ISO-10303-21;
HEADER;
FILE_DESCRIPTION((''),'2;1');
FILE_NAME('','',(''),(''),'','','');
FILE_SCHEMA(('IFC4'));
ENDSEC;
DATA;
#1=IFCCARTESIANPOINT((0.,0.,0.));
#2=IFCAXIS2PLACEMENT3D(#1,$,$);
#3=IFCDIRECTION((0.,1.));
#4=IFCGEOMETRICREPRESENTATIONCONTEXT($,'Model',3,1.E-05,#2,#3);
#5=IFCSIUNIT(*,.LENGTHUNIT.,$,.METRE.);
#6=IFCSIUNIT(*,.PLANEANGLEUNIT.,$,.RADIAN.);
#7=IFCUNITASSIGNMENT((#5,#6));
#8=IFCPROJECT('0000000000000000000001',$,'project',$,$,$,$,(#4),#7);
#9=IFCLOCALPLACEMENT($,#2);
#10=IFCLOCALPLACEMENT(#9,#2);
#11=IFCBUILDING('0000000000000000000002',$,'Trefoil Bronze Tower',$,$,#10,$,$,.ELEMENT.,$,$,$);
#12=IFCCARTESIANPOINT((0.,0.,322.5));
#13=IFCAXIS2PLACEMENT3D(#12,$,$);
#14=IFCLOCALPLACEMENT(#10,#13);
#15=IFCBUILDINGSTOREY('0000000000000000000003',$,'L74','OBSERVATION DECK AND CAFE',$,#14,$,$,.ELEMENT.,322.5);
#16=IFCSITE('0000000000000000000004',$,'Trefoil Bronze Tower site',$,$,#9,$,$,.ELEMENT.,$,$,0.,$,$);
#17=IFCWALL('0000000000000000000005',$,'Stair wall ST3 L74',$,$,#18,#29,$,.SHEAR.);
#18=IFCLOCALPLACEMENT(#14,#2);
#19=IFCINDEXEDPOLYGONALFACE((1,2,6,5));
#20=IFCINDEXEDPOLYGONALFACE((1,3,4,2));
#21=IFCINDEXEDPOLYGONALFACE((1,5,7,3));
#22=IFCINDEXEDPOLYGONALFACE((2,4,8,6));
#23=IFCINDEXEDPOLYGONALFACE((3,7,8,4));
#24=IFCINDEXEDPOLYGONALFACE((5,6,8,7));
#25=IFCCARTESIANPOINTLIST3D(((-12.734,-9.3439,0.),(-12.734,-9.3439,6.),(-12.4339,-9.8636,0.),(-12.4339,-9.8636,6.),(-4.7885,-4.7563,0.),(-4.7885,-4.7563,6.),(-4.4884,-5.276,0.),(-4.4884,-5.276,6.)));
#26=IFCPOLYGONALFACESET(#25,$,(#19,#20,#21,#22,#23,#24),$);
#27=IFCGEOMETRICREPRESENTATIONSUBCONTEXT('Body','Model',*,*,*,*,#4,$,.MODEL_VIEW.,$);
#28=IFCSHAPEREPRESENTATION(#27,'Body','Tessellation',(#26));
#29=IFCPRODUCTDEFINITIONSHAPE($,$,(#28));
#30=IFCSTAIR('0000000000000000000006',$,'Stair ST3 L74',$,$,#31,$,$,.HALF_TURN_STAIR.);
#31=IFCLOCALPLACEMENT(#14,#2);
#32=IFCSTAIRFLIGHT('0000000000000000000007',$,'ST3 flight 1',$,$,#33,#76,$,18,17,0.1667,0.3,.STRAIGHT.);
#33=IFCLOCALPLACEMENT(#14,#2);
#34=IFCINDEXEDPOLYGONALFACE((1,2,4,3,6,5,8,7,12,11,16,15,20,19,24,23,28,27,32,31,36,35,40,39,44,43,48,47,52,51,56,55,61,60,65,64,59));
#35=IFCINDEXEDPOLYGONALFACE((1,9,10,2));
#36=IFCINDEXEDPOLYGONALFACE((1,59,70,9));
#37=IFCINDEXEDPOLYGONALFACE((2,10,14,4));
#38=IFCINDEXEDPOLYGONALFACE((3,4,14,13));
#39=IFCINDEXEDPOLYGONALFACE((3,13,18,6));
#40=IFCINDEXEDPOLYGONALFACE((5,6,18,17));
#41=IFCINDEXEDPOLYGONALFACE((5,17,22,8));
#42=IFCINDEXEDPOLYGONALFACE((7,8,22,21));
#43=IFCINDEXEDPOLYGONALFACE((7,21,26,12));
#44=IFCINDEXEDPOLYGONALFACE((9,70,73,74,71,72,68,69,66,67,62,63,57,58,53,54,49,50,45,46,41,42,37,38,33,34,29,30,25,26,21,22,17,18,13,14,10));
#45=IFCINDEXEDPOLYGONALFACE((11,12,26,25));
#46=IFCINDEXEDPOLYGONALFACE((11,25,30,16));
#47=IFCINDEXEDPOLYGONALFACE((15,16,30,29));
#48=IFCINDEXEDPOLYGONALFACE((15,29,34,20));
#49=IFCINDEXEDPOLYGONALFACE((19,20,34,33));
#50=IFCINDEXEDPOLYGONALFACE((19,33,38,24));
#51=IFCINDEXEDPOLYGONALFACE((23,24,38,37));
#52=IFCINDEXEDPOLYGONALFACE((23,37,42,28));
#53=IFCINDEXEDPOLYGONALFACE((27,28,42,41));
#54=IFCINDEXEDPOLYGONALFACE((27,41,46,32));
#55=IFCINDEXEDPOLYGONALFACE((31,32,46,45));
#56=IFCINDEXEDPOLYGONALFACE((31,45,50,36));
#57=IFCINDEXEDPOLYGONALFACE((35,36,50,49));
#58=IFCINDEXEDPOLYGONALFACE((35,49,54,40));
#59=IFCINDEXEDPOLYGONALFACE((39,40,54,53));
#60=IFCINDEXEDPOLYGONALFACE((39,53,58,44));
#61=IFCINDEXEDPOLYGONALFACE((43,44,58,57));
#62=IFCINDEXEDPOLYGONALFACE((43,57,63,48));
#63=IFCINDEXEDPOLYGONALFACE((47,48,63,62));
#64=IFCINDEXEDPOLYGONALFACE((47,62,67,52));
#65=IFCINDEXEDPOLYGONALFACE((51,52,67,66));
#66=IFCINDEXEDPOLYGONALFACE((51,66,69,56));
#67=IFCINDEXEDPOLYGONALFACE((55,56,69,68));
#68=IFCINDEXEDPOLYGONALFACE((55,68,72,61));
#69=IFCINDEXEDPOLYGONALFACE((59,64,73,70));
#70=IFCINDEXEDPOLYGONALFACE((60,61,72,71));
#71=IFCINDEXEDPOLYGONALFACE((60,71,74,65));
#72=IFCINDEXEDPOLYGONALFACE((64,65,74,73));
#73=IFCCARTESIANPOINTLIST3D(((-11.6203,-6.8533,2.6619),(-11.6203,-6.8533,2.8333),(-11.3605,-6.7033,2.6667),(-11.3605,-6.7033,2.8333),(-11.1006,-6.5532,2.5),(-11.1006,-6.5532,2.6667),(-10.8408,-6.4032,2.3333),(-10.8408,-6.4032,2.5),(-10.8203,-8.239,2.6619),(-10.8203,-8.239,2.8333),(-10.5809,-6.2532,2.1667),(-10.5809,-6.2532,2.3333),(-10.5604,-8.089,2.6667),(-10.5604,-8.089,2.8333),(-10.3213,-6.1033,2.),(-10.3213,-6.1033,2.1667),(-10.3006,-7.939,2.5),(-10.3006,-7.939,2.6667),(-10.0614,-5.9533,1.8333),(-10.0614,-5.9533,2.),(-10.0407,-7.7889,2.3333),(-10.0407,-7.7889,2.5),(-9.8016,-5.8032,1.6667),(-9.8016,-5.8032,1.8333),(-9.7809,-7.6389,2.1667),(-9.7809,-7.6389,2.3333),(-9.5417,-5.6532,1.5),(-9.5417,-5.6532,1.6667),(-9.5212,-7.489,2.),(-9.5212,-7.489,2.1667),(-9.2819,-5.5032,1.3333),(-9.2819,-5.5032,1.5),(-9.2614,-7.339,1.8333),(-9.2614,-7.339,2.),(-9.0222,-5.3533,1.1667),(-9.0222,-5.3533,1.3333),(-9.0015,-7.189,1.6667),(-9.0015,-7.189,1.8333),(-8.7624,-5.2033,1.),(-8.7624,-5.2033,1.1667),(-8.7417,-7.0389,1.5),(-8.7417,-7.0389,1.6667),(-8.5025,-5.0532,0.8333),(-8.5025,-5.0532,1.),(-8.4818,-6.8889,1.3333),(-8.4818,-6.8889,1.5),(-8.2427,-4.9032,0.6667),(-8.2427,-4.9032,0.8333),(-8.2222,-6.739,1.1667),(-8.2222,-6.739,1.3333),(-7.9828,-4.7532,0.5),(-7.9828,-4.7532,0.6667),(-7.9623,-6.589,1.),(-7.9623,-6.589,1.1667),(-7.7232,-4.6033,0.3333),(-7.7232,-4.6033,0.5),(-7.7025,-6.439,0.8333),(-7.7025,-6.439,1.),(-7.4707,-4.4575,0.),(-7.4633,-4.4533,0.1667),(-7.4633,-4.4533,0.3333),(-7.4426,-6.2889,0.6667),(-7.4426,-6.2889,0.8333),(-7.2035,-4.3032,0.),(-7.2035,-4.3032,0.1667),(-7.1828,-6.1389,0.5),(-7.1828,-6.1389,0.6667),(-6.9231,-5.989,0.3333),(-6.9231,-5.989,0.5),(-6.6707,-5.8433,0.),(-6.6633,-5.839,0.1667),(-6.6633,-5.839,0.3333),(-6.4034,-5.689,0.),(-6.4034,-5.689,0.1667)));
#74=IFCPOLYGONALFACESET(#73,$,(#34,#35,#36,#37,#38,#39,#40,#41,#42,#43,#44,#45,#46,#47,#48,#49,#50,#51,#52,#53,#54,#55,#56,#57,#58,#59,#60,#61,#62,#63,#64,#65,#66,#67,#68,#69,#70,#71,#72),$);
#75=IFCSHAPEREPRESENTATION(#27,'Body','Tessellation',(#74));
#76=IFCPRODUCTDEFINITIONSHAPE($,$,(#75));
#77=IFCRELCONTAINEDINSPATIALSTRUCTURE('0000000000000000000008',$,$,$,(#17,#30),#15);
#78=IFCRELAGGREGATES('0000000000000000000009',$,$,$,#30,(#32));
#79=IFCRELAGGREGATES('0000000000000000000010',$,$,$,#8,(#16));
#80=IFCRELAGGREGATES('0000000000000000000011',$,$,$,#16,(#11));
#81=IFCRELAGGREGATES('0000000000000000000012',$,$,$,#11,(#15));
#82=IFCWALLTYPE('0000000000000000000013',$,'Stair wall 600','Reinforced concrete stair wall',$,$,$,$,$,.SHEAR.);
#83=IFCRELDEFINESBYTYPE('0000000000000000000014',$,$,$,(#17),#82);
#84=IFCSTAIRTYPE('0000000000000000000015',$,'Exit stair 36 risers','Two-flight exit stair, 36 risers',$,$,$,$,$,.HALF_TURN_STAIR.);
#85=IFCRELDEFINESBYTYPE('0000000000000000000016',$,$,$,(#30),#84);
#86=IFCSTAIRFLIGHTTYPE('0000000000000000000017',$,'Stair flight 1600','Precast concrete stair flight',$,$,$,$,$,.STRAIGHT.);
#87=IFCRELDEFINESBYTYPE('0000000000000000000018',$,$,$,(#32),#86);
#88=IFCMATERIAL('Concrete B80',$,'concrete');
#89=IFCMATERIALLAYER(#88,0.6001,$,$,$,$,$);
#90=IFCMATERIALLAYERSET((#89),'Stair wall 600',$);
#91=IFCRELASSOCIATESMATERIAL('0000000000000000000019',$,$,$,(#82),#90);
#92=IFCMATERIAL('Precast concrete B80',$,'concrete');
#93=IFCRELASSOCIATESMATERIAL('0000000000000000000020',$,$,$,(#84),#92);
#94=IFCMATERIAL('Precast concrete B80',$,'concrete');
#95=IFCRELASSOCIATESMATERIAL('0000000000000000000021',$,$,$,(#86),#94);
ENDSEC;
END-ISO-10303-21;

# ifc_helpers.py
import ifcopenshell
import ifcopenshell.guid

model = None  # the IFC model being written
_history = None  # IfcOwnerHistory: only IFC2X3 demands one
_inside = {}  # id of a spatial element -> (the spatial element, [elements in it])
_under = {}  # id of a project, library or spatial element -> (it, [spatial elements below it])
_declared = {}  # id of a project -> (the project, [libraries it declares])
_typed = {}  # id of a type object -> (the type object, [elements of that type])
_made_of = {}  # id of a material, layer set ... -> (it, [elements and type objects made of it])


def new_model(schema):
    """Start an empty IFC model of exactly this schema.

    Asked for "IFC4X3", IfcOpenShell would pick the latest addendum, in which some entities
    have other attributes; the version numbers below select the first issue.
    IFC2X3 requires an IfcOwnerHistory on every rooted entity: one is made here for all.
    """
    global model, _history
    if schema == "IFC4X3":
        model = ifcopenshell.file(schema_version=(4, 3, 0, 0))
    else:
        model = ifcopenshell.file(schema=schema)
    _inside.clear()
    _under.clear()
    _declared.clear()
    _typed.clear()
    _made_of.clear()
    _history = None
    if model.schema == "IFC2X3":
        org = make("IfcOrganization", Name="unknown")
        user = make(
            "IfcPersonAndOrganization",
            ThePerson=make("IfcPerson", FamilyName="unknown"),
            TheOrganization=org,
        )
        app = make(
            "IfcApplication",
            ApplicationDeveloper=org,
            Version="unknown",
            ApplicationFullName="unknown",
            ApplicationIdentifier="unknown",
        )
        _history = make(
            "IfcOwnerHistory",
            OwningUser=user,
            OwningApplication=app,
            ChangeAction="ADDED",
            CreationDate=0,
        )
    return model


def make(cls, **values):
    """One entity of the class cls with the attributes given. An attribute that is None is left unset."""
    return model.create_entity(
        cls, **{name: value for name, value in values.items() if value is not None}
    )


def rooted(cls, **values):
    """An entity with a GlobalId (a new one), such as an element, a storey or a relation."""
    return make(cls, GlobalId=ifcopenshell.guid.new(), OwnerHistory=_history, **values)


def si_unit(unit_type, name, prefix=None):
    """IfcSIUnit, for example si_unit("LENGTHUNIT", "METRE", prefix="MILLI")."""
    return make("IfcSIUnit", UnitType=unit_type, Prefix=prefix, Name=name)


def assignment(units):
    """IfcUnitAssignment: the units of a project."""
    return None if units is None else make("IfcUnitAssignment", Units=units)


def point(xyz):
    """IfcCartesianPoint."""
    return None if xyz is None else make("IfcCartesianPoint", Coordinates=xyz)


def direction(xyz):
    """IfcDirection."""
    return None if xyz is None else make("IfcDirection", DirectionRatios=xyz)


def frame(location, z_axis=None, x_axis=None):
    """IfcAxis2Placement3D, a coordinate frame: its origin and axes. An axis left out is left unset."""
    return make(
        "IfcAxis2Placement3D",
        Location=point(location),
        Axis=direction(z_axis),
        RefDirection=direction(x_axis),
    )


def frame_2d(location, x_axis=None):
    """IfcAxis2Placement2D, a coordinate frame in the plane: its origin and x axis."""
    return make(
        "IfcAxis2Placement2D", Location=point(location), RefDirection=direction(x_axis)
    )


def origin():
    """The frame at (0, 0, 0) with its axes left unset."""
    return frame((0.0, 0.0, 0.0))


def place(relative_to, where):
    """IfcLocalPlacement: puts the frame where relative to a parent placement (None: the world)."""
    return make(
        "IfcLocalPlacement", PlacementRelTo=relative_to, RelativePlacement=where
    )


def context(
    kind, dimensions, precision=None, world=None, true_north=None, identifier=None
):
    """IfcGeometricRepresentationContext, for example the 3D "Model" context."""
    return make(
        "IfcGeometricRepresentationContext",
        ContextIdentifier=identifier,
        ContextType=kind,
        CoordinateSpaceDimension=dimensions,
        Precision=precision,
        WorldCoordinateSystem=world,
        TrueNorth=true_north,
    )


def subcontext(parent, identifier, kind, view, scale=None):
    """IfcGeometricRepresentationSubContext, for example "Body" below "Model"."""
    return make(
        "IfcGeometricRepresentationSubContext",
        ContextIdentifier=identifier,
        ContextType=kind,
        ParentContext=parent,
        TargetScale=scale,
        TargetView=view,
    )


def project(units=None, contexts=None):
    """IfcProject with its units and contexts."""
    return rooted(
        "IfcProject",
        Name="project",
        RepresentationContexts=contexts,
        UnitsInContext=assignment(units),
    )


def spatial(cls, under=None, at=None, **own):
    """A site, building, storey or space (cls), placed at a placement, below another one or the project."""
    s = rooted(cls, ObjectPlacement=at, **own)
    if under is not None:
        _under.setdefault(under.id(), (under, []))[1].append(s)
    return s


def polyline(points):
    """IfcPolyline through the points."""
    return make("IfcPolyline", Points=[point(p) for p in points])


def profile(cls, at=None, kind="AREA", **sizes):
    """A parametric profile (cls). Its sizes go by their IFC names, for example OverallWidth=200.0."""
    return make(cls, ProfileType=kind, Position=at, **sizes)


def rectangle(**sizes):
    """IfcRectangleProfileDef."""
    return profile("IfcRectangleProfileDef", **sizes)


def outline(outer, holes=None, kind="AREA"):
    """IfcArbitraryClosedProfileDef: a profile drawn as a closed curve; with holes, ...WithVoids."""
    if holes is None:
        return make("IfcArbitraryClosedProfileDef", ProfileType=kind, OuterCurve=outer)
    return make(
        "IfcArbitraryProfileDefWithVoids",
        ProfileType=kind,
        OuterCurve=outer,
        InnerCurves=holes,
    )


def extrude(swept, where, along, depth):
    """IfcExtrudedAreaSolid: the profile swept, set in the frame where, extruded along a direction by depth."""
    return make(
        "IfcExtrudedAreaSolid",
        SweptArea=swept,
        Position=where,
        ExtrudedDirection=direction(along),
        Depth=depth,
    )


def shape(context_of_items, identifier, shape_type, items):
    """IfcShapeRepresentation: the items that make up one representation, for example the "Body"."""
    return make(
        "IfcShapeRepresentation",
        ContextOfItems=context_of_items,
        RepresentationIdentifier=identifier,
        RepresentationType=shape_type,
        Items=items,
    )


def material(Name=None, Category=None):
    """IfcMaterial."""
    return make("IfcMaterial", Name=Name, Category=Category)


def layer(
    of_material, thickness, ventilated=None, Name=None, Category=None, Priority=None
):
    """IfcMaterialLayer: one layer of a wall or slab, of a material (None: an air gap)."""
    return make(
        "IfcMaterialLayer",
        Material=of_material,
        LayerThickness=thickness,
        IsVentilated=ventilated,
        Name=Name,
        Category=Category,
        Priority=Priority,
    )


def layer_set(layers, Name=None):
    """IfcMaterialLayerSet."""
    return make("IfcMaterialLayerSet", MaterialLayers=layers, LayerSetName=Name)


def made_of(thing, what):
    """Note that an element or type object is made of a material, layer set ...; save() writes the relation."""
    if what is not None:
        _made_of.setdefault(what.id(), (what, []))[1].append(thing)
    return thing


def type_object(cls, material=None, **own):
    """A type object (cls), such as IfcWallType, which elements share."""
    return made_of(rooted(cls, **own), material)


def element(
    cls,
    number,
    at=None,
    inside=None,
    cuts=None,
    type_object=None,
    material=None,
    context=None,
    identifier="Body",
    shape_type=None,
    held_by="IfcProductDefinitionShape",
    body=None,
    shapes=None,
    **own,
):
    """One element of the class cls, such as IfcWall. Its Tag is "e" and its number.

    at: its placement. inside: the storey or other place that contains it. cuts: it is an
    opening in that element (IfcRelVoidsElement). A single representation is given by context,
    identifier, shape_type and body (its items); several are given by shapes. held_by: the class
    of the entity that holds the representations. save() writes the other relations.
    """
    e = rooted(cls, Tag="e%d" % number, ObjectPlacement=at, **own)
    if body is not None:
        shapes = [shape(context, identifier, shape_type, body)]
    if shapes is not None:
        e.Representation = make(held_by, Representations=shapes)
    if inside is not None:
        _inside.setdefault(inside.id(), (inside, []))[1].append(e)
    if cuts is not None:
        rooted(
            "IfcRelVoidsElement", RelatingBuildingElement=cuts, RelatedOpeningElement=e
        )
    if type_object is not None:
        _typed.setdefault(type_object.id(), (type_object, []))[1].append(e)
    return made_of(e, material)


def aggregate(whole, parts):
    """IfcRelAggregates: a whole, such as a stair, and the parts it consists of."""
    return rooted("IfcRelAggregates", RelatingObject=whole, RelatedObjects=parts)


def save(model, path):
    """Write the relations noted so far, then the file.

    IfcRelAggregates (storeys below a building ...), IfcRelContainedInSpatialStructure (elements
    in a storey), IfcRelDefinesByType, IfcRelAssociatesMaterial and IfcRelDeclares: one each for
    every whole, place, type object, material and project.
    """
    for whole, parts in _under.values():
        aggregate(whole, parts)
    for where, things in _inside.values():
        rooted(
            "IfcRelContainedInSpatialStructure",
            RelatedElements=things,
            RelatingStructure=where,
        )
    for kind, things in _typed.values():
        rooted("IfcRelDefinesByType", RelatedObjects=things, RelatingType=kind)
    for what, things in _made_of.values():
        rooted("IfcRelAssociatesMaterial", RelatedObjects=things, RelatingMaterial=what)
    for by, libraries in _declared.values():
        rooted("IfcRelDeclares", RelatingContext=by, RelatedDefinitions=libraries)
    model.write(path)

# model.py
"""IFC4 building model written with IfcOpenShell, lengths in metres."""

from ifc_helpers import new_model, si_unit, direction, frame, frame_2d, origin, place, context, subcontext, project, spatial, polyline, rectangle, outline, extrude, material, layer, layer_set, type_object, element, aggregate, save


model = new_model("IFC4")

# Units and contexts
model_context = context("Model", 3, precision=1e-05, world=origin(), true_north=direction((0.0, 1.0)))
body_context = subcontext(model_context, "Body", "Model", "MODEL_VIEW")
ifc_project = project(units=[si_unit("LENGTHUNIT", "METRE"), si_unit("PLANEANGLEUNIT", "RADIAN")], contexts=[model_context])

# Site, building, storey
site_placement = place(None, origin())
site = spatial("IfcSite", under=ifc_project, at=site_placement, Name="Trefoil Bronze Tower site", CompositionType="ELEMENT", RefElevation=0.0)
building_placement = place(site_placement, origin())
building = spatial("IfcBuilding", under=site, at=building_placement, Name="Trefoil Bronze Tower", CompositionType="ELEMENT")
storey_placement = place(building_placement, frame((0.0, 0.0, 322.5)))
storey = spatial("IfcBuildingStorey", under=building, at=storey_placement, Name="L74", Description="OBSERVATION DECK AND CAFE", CompositionType="ELEMENT", Elevation=322.5)

# Wall
ifc_material_1 = material(Name="Concrete B80", Category="concrete")
ifc_layer_1 = layer(ifc_material_1, 0.6001)
ifc_layer_set_1 = layer_set([ifc_layer_1], Name="Stair wall 600")
wall_type_1 = type_object("IfcWallType", Name="Stair wall 600", Description="Reinforced concrete stair wall", PredefinedType="SHEAR", material=ifc_layer_set_1)
wall_1_placement = place(storey_placement, frame((-4.6384, -5.0161, 0.0), z_axis=(0.0, 0.0, 1.0), x_axis=(-0.866012, -0.500023, 0.0)))
element("IfcWall", 1, at=wall_1_placement, inside=storey, type_object=wall_type_1, Name="Stair wall ST3 L74", PredefinedType="SHEAR", context=body_context, shape_type="SweptSolid", body=[
    extrude(rectangle(XDim=9.1748, YDim=0.6001, at=frame_2d((4.5874, 0.0))), origin(), (0.0, 0.0, 1.0), 6.0),
])

# Stair, stair flight
ifc_material_2 = material(Name="Precast concrete B80", Category="concrete")
stair_type = type_object("IfcStairType", Name="Exit stair 36 risers", Description="Two-flight exit stair, 36 risers", PredefinedType="HALF_TURN_STAIR", material=ifc_material_2)
stair_placement = place(storey_placement, origin())
stair = element("IfcStair", 2, at=stair_placement, inside=storey, type_object=stair_type, Name="Stair ST3 L74", PredefinedType="HALF_TURN_STAIR")
ifc_material_3 = material(Name="Precast concrete B80", Category="concrete")
stair_flight_type = type_object("IfcStairFlightType", Name="Stair flight 1600", Description="Precast concrete stair flight", PredefinedType="STRAIGHT", material=ifc_material_3)
stair_flight_placement = place(storey_placement, frame((-6.8035, -4.9961, 0.0), z_axis=(0.0, 0.0, 1.0), x_axis=(-0.866025, -0.5, 0.0)))
stair_flight = element("IfcStairFlight", 3, at=stair_flight_placement, type_object=stair_flight_type, Name="ST3 flight 1", NumberOfRisers=18, NumberOfTreads=17, PredefinedType="STRAIGHT", RiserHeight=0.1667, TreadLength=0.3, context=body_context, shape_type="SweptSolid", body=[
    extrude(outline(polyline([(0.0, 0.0), (0.0, 0.1667), (0.3, 0.1667), (0.3, 0.3333), (0.6001, 0.3333), (0.6001, 0.5), (0.8999, 0.5), (0.8999, 0.6667), (1.2, 0.6667), (1.2, 0.8333), (1.5, 0.8333), (1.5, 1.0), (1.8, 1.0), (1.8, 1.1667), (2.1001, 1.1667), (2.1001, 1.3333), (2.3999, 1.3333), (2.3999, 1.5), (2.7, 1.5), (2.7, 1.6667), (3.0, 1.6667), (3.0, 1.8333), (3.3, 1.8333), (3.3, 2.0), (3.6001, 2.0), (3.6001, 2.1667), (3.8999, 2.1667), (3.8999, 2.3333), (4.2, 2.3333), (4.2, 2.5), (4.5, 2.5), (4.5, 2.6667), (4.8, 2.6667), (4.8, 2.8333), (5.1001, 2.8333), (5.1001, 3.0), (5.1001, 2.6619), (0.3086, 0.0), (0.0, 0.0)])), frame((0.0, 0.8, 0.0), z_axis=(0.0, -1.0, 0.0), x_axis=(1.0, 0.0, 0.0)), (0.0, 0.0, 1.0), 1.6001),
])
aggregate(stair, [stair_flight])

save(model, "model.ifc")
